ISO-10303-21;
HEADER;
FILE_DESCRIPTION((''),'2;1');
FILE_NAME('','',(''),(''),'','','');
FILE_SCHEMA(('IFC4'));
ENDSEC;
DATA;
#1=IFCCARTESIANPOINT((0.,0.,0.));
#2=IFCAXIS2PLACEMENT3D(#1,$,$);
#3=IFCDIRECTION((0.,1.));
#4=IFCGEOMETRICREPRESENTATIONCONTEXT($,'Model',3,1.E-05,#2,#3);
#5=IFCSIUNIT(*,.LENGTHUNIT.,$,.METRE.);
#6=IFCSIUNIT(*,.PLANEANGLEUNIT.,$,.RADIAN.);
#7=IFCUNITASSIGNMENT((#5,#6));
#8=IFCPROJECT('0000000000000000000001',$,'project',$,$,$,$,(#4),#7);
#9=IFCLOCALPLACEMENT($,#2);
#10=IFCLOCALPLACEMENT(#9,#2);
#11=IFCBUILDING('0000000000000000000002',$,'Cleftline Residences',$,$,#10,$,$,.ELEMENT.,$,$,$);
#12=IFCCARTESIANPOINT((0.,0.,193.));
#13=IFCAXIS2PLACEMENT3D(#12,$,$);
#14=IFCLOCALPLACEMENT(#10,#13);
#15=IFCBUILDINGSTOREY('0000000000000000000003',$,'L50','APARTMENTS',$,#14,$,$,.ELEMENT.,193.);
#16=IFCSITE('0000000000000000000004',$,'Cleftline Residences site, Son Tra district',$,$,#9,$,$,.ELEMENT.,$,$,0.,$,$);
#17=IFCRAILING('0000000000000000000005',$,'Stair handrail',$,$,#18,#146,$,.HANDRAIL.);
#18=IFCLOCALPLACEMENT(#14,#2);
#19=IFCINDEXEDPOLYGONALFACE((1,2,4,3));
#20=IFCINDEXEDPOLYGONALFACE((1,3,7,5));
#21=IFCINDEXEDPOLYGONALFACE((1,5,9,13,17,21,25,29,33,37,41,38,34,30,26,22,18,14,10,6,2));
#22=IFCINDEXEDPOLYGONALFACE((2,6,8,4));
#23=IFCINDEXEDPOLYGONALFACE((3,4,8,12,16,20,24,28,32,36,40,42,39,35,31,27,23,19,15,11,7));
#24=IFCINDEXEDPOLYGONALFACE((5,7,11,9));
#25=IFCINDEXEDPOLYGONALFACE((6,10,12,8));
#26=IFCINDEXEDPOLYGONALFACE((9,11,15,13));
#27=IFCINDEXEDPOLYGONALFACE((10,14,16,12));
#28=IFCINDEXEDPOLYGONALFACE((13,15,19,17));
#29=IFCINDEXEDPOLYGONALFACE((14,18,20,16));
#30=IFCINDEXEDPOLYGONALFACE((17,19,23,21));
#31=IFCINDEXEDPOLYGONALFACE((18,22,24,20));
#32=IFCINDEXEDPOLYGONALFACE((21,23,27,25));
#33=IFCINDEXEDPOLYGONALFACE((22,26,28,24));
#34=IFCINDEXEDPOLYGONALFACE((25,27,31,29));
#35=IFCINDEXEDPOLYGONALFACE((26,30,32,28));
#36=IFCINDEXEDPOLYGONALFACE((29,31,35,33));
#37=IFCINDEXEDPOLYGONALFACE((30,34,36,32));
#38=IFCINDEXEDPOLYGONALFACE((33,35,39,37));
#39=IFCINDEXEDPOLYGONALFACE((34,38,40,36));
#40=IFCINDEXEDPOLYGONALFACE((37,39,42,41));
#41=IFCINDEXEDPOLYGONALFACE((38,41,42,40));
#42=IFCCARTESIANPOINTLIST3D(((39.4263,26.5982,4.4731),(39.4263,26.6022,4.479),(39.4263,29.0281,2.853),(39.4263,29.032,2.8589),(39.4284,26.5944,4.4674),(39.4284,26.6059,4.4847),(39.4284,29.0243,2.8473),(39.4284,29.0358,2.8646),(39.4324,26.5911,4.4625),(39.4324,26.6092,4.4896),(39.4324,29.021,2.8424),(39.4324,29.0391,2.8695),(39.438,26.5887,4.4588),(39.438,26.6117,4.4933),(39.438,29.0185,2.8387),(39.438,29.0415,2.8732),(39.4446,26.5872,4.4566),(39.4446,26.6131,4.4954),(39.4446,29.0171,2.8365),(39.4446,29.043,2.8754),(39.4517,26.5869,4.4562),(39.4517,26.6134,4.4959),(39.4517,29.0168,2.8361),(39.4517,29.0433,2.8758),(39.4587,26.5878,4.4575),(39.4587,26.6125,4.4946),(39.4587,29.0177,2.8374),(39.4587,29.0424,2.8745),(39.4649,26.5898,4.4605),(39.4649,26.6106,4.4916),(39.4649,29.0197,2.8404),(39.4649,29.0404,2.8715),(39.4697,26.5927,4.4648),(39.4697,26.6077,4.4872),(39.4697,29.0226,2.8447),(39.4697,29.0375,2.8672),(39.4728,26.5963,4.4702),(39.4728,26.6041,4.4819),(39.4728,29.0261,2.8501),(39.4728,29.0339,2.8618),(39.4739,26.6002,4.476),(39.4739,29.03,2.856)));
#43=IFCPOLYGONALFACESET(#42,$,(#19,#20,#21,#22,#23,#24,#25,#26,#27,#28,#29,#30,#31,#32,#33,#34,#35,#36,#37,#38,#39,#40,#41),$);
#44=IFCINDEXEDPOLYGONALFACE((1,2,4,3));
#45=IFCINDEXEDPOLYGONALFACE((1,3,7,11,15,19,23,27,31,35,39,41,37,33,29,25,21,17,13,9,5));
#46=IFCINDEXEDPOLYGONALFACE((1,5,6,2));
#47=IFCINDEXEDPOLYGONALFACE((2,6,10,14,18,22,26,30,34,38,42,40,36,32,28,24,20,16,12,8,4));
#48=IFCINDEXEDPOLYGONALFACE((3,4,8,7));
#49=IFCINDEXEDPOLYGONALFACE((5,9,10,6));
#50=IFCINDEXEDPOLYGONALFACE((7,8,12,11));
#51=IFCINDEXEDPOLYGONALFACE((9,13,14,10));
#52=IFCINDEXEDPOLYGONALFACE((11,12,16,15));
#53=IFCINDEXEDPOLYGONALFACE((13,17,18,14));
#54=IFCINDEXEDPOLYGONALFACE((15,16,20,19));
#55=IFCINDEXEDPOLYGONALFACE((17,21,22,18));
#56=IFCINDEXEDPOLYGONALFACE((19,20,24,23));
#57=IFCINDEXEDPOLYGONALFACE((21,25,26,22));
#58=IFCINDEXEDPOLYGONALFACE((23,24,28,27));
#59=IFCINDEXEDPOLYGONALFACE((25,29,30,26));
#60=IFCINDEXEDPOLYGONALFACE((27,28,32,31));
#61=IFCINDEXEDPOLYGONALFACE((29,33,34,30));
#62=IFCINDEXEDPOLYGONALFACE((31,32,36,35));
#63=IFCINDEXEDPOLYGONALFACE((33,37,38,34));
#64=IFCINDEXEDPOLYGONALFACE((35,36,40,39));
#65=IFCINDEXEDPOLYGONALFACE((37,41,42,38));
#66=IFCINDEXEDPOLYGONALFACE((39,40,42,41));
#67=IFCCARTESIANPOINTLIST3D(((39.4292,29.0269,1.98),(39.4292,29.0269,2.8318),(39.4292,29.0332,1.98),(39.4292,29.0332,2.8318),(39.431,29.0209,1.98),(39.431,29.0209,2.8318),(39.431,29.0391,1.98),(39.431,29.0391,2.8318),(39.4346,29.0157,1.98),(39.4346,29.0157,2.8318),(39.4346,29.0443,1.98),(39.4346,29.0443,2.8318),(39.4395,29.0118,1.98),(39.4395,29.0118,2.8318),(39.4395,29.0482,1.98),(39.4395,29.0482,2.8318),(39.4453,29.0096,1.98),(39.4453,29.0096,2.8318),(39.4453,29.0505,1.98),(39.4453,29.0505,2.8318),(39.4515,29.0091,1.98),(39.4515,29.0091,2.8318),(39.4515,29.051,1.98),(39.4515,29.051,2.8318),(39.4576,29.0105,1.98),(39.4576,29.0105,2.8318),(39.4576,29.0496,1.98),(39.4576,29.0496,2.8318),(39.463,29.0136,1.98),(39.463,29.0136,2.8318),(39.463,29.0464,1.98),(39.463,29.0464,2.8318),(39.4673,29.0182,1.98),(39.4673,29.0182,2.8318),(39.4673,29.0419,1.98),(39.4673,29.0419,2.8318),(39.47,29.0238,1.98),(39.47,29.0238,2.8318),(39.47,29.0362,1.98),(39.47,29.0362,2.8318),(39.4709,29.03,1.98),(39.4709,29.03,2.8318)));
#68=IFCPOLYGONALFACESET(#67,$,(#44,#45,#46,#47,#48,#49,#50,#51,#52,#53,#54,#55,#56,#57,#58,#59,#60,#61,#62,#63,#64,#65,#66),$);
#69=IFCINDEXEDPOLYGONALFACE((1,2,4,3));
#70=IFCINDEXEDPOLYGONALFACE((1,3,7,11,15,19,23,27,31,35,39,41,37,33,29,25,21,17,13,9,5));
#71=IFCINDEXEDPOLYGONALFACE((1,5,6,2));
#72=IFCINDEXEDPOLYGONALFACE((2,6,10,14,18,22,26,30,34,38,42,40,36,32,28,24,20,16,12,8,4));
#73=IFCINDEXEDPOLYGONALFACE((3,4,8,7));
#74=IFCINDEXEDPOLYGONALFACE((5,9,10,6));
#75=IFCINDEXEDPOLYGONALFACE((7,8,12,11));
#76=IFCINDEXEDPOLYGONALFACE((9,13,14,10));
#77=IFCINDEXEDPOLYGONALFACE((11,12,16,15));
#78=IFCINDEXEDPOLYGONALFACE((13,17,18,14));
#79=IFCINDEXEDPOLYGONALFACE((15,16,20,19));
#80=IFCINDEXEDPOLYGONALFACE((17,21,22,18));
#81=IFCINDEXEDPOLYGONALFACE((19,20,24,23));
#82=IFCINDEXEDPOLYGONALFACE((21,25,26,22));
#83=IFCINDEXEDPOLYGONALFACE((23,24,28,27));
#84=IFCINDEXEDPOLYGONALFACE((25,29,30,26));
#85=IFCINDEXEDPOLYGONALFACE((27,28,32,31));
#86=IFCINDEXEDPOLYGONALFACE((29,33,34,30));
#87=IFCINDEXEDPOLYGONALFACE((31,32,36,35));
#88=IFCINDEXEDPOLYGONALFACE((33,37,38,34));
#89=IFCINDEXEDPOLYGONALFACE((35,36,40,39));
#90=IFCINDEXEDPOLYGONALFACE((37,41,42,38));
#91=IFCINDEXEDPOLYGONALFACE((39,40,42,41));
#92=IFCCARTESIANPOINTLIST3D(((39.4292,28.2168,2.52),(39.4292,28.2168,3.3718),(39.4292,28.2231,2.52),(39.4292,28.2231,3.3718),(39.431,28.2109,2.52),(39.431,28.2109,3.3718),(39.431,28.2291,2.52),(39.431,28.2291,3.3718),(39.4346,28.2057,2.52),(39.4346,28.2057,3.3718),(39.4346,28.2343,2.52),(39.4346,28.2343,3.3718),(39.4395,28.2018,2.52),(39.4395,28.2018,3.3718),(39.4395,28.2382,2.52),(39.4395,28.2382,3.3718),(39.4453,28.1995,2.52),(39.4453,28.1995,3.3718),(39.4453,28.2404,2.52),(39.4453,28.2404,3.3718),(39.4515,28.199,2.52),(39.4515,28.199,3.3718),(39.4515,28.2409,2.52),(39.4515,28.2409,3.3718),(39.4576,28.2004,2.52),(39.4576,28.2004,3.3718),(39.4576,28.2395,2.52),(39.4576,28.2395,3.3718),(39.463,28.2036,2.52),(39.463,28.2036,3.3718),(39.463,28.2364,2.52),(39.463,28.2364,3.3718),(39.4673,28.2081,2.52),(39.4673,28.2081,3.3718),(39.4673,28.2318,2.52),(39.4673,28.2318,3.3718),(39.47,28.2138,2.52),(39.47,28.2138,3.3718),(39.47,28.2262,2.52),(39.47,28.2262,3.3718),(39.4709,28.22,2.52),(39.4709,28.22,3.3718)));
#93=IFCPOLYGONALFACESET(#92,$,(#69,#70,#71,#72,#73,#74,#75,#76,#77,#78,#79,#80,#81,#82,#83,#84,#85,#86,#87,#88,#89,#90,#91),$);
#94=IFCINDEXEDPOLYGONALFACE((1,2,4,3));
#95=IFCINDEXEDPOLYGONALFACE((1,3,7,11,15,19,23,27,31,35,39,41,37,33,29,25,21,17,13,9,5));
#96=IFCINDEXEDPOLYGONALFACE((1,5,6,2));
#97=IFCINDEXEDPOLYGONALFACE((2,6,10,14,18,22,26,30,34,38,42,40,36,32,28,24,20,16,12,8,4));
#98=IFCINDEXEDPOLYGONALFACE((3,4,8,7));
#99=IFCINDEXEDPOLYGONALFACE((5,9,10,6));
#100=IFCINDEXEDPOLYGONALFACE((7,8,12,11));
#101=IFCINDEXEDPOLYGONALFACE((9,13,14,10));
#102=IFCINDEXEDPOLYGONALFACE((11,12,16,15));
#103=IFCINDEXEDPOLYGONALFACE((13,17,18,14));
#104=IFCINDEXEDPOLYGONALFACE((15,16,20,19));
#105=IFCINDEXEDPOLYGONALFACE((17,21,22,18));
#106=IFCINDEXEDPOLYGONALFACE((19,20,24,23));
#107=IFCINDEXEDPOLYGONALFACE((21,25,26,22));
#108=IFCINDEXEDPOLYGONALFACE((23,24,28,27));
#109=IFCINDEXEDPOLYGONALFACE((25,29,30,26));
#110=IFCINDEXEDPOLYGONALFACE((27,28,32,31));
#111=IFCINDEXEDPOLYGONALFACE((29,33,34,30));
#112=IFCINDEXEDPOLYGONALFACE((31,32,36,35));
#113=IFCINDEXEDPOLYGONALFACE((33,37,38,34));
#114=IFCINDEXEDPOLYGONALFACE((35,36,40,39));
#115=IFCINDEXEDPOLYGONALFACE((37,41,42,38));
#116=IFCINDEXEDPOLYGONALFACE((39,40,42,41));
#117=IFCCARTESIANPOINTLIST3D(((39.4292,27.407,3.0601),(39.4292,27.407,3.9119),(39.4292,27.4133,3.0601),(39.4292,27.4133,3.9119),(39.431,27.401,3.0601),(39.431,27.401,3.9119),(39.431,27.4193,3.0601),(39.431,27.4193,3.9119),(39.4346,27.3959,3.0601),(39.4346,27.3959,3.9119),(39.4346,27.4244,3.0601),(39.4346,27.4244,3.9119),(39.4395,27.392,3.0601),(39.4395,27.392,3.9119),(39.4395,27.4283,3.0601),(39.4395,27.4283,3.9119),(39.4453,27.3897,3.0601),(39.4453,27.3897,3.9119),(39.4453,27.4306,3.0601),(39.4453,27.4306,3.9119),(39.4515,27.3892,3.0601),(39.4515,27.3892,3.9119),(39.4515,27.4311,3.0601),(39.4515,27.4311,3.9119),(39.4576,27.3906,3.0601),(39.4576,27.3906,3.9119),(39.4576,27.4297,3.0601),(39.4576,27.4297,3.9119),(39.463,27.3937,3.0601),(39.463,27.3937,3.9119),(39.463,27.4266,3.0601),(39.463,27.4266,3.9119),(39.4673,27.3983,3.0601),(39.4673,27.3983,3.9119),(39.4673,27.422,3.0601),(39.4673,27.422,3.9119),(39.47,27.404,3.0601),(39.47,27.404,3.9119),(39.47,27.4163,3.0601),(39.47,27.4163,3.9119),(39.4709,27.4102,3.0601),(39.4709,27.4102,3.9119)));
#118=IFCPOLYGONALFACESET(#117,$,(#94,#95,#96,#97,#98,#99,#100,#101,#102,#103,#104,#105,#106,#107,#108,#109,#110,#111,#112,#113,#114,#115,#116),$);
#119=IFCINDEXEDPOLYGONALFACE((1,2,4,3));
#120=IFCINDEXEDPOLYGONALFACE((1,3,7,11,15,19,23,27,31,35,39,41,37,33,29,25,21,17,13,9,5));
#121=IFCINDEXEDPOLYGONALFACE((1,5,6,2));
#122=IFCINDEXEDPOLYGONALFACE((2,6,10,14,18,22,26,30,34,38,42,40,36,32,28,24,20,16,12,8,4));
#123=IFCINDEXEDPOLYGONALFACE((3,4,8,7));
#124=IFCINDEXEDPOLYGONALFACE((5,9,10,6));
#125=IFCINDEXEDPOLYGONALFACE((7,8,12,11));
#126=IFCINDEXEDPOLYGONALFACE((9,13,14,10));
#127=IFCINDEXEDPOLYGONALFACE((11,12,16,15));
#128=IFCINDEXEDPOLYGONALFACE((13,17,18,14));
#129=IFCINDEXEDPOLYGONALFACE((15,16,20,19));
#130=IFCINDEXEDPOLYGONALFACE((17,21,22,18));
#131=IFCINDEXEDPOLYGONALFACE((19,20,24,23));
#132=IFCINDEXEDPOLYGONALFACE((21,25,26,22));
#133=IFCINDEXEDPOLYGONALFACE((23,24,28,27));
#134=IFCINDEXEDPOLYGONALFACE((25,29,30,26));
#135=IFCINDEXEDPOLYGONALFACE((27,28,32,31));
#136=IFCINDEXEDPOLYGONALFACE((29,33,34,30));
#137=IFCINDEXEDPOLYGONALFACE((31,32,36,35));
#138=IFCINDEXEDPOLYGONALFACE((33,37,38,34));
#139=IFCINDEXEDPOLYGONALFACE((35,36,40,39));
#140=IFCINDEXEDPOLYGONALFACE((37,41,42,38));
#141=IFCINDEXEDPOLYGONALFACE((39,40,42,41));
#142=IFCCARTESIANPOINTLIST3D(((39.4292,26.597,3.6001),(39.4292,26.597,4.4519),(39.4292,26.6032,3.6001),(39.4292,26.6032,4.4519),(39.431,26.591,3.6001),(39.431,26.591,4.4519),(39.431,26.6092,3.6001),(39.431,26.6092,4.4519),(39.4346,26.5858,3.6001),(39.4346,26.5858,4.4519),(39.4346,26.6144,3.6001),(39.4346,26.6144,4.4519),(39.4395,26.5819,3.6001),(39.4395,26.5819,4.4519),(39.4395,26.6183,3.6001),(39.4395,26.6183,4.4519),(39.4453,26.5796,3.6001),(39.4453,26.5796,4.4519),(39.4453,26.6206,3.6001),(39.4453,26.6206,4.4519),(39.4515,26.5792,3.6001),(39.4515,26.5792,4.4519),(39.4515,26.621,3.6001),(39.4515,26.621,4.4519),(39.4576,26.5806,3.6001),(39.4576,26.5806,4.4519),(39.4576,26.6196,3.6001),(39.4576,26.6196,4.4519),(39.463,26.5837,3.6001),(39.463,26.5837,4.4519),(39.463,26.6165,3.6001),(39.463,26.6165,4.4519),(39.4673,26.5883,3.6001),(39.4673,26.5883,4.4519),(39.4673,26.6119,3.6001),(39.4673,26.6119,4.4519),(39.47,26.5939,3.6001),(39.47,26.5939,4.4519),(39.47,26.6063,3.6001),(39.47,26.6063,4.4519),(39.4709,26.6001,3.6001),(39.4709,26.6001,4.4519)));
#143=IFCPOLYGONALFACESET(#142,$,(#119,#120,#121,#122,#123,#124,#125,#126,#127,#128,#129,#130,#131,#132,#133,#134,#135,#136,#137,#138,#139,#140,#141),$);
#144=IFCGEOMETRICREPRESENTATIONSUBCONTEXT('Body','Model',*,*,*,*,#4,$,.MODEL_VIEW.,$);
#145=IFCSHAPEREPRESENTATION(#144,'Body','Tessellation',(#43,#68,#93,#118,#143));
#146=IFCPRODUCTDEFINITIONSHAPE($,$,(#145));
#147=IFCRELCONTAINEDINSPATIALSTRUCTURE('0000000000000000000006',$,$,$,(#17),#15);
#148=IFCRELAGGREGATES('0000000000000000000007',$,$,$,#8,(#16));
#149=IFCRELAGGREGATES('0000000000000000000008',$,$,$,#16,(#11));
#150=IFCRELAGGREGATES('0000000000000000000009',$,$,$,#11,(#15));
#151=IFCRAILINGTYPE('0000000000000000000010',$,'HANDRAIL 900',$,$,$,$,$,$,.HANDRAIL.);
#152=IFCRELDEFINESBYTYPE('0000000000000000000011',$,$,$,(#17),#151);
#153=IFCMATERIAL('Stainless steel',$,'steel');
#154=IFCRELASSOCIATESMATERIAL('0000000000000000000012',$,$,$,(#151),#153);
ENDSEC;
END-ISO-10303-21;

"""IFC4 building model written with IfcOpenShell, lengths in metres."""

from ifc_helpers import new_model, si_unit, direction, frame, origin, origin_2d, place, context, subcontext, project, spatial, circle, extrude, material, type_object, element, save


model = new_model("IFC4")

# Units and contexts
model_context = context("Model", 3, precision=1e-05, world=origin(), true_north=direction((0.0, 1.0)))
body_context = subcontext(model_context, "Body", "Model", "MODEL_VIEW")
ifc_project = project(units=[si_unit("LENGTHUNIT", "METRE"), si_unit("PLANEANGLEUNIT", "RADIAN")], contexts=[model_context])

# Site, building, storey
site_placement = place(None, origin())
site = spatial("IfcSite", under=ifc_project, at=site_placement, Name="Cleftline Residences site, Son Tra district", CompositionType="ELEMENT", RefElevation=0.0)
building_placement = place(site_placement, origin())
building = spatial("IfcBuilding", under=site, at=building_placement, Name="Cleftline Residences", CompositionType="ELEMENT")
storey_placement = place(building_placement, frame((0.0, 0.0, 193.0)))
storey = spatial("IfcBuildingStorey", under=building, at=storey_placement, Name="L50", Description="APARTMENTS", CompositionType="ELEMENT", Elevation=193.0)

# Railing
ifc_material_1 = material(Name="Stainless steel", Category="steel")
railing_type = type_object("IfcRailingType", Name="HANDRAIL 900", PredefinedType="HANDRAIL", material=ifc_material_1)
railing_1_placement = place(storey_placement, frame((39.45, 29.03, 1.98)))
element("IfcRailing", 1, at=railing_1_placement, inside=storey, type_object=railing_type, Name="Stair handrail", PredefinedType="HANDRAIL", context=body_context, shape_type="SweptSolid", body=[
    extrude(circle(Radius=0.0239, at=origin_2d()), frame((0.0, 0.0, 0.876), z_axis=(0.0, -0.832025, 0.554739), x_axis=(1.0, 0.0, 0.0)), (0.0, 0.0, 1.0), 2.9204),
    extrude(circle(Radius=0.021, at=origin_2d()), origin(), (0.0, 0.0, 1.0), 0.8518),
    extrude(circle(Radius=0.021, at=origin_2d()), frame((0.0, -0.8101, 0.54)), (0.0, 0.0, 1.0), 0.8518),
    extrude(circle(Radius=0.021, at=origin_2d()), frame((0.0, -1.6199, 1.0801)), (0.0, 0.0, 1.0), 0.8518),
    extrude(circle(Radius=0.021, at=origin_2d()), frame((0.0, -2.4299, 1.6201)), (0.0, 0.0, 1.0), 0.8518),
])

save(model, "model.ifc")
